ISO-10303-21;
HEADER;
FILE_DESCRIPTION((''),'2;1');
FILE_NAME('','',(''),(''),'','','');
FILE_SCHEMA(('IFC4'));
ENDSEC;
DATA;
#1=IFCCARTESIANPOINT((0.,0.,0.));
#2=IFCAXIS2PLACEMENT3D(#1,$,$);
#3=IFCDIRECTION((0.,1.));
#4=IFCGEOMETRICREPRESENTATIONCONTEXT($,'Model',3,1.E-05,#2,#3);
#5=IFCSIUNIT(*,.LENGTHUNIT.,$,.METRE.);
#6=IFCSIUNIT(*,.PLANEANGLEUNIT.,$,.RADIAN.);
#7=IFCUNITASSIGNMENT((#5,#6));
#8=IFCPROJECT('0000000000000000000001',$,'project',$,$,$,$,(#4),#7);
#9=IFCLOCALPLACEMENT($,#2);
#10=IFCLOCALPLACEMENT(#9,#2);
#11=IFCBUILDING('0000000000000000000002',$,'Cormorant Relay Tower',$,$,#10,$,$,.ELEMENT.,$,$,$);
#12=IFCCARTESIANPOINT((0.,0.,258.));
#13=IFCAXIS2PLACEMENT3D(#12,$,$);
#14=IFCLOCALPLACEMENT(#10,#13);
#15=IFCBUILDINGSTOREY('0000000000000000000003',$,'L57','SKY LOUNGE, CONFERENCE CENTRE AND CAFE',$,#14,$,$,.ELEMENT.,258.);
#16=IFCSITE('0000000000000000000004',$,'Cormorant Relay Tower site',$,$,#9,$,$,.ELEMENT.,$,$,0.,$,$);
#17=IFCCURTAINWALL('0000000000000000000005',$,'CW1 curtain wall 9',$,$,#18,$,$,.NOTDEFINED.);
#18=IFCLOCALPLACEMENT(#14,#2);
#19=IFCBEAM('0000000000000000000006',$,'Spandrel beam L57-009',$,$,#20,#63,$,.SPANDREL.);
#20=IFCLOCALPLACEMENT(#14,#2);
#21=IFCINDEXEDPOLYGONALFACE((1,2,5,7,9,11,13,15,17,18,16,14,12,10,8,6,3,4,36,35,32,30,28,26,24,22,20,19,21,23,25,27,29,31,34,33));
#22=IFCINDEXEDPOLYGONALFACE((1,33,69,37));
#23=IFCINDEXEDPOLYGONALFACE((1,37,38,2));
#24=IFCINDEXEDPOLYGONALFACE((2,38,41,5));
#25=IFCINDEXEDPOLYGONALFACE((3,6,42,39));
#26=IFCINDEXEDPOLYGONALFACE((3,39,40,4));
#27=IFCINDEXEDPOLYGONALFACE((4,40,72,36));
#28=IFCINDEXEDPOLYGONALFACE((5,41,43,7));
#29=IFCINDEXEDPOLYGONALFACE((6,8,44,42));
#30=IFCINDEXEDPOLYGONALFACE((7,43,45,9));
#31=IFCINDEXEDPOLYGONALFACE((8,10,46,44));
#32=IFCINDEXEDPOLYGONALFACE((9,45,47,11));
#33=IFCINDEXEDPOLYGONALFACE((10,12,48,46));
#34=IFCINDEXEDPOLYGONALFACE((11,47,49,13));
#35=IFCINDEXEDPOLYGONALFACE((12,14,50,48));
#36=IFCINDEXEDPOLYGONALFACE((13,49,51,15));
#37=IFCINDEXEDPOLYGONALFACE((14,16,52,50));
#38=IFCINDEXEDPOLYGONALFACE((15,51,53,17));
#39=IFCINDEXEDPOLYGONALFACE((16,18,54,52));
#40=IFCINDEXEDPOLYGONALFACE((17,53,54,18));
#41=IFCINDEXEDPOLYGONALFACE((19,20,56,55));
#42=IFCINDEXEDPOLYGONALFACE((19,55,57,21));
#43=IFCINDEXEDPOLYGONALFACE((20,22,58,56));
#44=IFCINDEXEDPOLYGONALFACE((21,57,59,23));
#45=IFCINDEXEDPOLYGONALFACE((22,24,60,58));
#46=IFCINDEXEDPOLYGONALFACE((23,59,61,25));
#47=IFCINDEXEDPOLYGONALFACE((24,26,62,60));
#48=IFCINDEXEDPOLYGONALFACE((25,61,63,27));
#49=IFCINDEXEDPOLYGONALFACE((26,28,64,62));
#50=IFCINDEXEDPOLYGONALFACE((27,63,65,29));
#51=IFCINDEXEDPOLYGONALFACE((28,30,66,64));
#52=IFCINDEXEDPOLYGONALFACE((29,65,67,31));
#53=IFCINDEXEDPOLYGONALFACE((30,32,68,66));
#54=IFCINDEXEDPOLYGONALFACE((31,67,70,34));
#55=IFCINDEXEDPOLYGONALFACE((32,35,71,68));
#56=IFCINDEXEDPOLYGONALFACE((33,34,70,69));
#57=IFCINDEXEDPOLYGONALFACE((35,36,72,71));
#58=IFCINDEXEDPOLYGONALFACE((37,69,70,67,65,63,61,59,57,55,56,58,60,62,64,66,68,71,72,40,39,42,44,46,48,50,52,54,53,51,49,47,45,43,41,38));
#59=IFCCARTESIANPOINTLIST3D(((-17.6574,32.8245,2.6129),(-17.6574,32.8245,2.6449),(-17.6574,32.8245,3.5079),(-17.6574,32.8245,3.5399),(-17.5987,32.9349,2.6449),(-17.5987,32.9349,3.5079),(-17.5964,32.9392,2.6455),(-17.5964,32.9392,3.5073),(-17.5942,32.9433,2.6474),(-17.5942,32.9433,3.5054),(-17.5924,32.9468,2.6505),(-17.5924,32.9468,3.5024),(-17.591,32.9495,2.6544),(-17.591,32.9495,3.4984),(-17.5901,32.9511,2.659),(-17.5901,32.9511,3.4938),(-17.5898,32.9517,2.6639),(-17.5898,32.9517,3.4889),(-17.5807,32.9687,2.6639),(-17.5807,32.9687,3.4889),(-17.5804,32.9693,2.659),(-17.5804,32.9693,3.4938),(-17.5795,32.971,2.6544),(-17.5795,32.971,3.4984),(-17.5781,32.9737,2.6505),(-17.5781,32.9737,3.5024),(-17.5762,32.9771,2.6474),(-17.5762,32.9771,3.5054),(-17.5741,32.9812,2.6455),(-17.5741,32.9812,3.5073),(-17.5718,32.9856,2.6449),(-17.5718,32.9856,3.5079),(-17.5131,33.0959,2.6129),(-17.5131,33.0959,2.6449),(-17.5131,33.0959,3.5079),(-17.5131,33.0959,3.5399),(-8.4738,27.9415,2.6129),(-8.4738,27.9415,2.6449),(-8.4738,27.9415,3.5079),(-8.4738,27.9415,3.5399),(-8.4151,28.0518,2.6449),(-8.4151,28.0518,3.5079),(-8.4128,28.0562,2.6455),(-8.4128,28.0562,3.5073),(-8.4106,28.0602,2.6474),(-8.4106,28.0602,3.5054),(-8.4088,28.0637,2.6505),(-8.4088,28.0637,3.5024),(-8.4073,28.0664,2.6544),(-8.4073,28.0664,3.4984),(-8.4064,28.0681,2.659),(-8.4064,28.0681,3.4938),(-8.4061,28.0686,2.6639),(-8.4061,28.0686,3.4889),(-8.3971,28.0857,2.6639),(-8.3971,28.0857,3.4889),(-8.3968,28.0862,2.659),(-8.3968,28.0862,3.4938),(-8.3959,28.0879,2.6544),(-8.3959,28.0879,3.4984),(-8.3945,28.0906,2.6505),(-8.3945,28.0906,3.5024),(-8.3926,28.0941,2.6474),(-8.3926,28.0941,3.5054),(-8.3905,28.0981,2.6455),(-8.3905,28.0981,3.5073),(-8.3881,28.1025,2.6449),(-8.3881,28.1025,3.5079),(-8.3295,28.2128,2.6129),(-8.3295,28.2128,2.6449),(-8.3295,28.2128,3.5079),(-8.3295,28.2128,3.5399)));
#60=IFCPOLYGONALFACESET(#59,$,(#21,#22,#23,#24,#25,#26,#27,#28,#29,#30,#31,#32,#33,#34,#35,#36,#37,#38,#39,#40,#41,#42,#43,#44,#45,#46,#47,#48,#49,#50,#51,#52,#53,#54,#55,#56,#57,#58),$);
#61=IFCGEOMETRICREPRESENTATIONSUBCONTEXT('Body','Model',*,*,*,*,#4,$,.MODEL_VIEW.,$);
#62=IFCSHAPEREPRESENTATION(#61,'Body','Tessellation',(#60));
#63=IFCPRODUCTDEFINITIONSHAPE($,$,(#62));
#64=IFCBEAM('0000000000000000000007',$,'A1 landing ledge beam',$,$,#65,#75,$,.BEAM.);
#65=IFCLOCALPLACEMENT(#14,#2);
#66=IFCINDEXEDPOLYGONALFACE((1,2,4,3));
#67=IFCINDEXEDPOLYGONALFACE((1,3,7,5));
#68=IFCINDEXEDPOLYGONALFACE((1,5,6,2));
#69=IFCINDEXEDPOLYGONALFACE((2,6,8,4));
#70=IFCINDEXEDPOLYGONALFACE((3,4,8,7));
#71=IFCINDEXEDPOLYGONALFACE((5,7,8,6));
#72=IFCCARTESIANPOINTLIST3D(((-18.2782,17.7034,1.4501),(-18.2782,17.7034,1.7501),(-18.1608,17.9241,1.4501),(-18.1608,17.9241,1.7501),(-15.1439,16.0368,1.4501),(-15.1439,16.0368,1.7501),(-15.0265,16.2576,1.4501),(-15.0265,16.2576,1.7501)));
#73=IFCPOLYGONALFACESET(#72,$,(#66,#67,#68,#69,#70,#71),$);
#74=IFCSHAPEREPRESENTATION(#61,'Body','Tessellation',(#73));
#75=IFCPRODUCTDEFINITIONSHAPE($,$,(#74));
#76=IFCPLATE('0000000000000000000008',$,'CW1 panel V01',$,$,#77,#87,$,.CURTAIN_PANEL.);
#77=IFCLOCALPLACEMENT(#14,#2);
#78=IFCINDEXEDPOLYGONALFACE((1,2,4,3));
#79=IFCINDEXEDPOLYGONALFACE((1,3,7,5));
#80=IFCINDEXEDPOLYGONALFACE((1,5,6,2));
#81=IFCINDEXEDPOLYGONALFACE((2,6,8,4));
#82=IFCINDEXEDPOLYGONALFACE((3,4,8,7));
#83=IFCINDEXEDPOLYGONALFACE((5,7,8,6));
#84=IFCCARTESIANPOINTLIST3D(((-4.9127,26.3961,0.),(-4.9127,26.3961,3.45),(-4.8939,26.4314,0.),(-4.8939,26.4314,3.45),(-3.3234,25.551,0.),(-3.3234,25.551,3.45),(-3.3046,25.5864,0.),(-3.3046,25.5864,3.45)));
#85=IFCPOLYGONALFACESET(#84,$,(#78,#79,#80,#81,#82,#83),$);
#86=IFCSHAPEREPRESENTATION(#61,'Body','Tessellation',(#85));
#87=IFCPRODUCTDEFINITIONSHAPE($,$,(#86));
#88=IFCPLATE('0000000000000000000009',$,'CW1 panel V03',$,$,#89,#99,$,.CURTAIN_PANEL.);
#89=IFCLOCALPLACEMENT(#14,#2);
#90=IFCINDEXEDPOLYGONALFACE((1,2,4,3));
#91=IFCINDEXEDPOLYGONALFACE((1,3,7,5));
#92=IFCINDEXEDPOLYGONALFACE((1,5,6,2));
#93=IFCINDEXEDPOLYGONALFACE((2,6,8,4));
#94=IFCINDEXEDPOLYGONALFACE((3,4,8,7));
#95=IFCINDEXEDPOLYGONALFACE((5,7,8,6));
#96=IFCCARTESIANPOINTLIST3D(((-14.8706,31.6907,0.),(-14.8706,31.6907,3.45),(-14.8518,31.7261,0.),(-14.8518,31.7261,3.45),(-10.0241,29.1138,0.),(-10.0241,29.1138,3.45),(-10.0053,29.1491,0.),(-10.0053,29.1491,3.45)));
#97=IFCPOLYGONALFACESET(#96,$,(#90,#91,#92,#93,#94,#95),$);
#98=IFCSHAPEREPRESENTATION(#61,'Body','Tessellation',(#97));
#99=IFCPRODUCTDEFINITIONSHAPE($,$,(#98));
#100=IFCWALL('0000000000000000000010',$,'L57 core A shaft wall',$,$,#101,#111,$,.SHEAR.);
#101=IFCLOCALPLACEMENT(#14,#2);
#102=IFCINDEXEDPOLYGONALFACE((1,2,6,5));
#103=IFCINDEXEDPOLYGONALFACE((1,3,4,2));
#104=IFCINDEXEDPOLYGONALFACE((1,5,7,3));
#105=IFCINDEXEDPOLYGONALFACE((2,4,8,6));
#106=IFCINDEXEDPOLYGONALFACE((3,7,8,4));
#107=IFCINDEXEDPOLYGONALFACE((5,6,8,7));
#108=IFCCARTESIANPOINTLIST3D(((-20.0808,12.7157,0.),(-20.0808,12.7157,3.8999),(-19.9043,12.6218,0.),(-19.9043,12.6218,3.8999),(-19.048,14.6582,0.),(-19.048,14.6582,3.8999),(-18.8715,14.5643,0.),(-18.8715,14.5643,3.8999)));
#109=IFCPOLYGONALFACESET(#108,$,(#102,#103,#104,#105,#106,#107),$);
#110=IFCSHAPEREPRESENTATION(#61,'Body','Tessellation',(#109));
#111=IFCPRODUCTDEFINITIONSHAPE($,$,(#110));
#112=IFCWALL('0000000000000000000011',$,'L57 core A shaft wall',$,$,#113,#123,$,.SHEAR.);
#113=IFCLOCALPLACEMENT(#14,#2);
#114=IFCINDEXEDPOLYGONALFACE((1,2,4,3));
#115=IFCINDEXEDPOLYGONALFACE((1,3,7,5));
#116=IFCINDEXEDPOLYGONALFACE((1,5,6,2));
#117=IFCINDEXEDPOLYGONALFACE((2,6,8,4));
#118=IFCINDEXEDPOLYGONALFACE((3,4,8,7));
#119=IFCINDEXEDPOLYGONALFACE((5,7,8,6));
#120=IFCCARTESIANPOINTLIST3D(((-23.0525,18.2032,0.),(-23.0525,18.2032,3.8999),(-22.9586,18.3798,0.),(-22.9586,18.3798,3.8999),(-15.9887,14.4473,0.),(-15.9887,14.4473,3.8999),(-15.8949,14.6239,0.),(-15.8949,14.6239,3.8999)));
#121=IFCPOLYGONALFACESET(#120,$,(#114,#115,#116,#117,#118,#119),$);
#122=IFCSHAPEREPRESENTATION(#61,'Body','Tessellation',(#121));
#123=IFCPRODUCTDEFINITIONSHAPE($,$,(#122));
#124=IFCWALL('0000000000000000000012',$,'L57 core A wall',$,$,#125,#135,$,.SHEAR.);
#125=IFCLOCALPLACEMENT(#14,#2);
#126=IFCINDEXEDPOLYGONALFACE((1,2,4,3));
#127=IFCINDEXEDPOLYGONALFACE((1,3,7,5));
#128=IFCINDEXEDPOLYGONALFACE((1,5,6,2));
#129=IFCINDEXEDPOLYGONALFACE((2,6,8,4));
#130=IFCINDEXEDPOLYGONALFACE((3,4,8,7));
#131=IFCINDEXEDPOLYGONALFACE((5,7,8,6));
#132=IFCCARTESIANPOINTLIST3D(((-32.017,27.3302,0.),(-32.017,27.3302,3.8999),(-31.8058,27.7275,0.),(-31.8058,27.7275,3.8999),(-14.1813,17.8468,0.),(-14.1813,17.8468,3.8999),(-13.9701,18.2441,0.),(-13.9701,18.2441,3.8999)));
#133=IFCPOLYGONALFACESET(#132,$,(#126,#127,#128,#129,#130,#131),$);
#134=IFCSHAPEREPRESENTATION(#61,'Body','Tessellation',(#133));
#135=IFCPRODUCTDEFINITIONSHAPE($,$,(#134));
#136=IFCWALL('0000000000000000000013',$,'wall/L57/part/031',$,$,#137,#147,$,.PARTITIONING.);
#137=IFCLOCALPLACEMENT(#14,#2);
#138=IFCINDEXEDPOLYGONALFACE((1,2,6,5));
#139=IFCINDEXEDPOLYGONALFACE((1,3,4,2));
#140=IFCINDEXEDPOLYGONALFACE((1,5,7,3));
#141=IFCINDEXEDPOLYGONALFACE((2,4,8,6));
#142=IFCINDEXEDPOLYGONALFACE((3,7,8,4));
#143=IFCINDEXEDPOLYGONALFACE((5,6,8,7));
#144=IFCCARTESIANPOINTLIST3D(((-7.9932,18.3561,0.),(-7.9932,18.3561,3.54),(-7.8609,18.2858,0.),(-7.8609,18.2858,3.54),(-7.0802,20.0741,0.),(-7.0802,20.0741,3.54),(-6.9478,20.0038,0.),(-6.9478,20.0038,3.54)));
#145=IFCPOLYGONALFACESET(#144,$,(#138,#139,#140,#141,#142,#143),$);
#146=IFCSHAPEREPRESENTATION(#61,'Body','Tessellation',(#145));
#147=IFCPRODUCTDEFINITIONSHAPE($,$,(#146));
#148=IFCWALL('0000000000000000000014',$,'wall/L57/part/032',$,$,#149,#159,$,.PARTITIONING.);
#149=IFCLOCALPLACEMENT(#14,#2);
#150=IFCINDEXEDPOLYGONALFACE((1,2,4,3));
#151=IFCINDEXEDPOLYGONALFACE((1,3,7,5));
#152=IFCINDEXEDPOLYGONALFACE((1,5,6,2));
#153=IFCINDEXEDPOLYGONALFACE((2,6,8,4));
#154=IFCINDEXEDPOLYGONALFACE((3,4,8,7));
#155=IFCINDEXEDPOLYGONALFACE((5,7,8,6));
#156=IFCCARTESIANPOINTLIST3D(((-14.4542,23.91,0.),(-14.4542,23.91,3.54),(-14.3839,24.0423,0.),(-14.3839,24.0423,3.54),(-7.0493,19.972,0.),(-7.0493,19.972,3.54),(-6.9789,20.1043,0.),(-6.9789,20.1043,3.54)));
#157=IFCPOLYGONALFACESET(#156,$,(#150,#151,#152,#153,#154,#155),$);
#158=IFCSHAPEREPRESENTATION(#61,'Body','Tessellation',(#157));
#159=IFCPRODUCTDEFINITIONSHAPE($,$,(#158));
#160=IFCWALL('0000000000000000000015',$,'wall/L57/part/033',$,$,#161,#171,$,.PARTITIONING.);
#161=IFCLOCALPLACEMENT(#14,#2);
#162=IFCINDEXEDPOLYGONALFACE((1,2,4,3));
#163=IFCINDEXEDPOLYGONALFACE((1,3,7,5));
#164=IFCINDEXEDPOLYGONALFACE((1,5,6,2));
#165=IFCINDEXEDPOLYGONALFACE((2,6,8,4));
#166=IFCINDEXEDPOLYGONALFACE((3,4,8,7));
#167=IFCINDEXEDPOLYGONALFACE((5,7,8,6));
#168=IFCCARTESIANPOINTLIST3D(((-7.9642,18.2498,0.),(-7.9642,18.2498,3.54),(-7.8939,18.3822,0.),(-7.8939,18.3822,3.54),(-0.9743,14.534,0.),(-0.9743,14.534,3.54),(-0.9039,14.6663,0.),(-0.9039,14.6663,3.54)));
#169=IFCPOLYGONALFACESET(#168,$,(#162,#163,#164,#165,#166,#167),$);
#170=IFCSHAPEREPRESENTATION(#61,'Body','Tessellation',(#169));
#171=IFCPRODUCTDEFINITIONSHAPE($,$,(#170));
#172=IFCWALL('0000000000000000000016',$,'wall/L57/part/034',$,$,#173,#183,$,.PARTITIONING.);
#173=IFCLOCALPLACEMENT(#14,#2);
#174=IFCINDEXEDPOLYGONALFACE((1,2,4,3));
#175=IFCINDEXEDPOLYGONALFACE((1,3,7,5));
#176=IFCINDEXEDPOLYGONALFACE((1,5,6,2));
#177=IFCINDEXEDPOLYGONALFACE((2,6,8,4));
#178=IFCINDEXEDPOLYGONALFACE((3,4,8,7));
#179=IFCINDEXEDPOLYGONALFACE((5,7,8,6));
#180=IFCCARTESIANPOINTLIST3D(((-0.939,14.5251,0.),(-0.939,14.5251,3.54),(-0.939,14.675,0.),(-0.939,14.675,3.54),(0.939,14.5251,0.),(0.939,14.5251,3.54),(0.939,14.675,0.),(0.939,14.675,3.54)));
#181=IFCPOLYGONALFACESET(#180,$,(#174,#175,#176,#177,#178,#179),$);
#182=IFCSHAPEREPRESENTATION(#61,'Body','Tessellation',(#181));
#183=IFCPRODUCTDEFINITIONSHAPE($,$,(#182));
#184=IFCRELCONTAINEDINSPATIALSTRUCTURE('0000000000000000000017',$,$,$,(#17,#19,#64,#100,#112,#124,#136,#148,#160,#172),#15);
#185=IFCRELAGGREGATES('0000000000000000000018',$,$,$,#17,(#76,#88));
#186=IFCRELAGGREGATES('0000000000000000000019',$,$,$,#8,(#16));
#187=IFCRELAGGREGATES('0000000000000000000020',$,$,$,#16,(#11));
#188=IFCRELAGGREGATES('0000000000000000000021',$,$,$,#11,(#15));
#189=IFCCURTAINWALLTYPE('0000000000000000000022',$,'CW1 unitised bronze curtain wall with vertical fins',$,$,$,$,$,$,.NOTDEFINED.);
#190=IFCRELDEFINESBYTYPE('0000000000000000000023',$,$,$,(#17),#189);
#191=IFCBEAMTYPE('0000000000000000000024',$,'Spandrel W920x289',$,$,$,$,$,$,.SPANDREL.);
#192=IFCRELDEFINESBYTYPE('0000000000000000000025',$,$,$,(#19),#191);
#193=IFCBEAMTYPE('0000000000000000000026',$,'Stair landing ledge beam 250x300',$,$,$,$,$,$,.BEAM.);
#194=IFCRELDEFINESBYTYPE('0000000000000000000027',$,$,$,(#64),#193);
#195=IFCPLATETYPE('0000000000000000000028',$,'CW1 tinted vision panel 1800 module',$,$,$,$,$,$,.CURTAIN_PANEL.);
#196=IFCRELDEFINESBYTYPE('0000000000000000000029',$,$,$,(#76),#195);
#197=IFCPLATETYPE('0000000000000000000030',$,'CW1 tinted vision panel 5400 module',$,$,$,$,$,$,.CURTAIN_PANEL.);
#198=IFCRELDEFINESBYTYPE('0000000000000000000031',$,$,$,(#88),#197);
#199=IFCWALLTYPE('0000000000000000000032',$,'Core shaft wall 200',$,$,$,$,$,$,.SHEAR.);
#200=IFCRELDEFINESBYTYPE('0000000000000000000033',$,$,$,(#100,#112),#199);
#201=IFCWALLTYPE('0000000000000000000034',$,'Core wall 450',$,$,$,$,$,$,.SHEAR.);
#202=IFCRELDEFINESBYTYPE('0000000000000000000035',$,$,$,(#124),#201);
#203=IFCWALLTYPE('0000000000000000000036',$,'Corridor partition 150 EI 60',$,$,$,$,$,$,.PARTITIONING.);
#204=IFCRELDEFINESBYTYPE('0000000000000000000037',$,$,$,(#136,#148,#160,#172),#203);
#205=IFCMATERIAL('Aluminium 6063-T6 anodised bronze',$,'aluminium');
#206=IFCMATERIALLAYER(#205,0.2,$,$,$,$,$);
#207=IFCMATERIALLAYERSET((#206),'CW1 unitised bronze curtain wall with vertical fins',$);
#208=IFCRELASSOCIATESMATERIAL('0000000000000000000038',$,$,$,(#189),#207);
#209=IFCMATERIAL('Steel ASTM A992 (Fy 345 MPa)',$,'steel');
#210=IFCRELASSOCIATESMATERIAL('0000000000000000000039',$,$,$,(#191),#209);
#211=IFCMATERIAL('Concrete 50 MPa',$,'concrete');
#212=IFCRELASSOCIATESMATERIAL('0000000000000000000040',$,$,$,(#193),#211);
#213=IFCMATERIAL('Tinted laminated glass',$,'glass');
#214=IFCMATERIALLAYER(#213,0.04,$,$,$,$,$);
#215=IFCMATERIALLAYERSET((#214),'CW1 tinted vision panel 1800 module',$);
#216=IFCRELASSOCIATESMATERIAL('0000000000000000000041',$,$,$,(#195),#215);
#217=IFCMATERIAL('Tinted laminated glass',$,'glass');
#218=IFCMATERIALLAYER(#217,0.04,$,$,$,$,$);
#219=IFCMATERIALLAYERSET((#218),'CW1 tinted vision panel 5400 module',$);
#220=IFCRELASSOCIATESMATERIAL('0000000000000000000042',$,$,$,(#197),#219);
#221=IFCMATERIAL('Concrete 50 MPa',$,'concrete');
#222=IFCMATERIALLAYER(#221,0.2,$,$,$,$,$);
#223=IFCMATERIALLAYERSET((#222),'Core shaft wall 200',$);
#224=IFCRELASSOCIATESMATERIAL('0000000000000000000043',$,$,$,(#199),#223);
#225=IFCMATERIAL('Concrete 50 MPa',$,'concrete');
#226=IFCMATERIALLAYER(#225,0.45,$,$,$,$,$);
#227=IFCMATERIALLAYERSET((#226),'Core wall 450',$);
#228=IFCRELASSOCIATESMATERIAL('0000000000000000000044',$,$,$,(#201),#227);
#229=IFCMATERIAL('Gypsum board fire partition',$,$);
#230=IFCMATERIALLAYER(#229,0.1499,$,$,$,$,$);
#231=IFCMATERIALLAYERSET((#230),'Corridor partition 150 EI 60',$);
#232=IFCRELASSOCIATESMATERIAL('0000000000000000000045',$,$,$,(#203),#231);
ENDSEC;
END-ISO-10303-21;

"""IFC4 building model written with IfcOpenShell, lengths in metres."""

from ifc_helpers import new_model, si_unit, direction, frame, frame_2d, origin, origin_2d, place, context, subcontext, project, spatial, rectangle, i_section, extrude, material, layer, layer_set, material_profile, profile_set, type_object, element, aggregate, save


model = new_model("IFC4")

# Units and contexts
model_context = context("Model", 3, precision=1e-05, world=origin(), true_north=direction((0.0, 1.0)))
body_context = subcontext(model_context, "Body", "Model", "MODEL_VIEW")
ifc_project = project(units=[si_unit("LENGTHUNIT", "METRE"), si_unit("PLANEANGLEUNIT", "RADIAN")], contexts=[model_context])

# Site, building, storey
site_placement = place(None, origin())
site = spatial("IfcSite", under=ifc_project, at=site_placement, Name="Cormorant Relay Tower site", CompositionType="ELEMENT", RefElevation=0.0)
building_placement = place(site_placement, origin())
building = spatial("IfcBuilding", under=site, at=building_placement, Name="Cormorant Relay Tower", CompositionType="ELEMENT")
storey_placement = place(building_placement, frame((0.0, 0.0, 258.0)))
storey = spatial("IfcBuildingStorey", under=building, at=storey_placement, Name="L57", Description="SKY LOUNGE, CONFERENCE CENTRE AND CAFE", CompositionType="ELEMENT", Elevation=258.0)

# Curtain wall
ifc_material_1 = material(Name="Aluminium 6063-T6 anodised bronze", Category="aluminium")
ifc_layer_1 = layer(ifc_material_1, 0.2)
ifc_layer_set_1 = layer_set([ifc_layer_1], Name="CW1 unitised bronze curtain wall with vertical fins")
curtain_wall_type = type_object("IfcCurtainWallType", Name="CW1 unitised bronze curtain wall with vertical fins", PredefinedType="NOTDEFINED", material=ifc_layer_set_1)
curtain_wall_placement = place(storey_placement, origin())
curtain_wall = element("IfcCurtainWall", 1, at=curtain_wall_placement, inside=storey, type_object=curtain_wall_type, Name="CW1 curtain wall 9", PredefinedType="NOTDEFINED")

# Beams
ifc_material_2 = material(Name="Steel ASTM A992 (Fy 345 MPa)", Category="steel")
ifc_material_profile_1 = material_profile(ifc_material_2, i_section(OverallWidth=0.3074, OverallDepth=0.927, WebThickness=0.0193, FlangeThickness=0.032, FilletRadius=0.019, at=origin_2d()), Name="W920x289")
ifc_profile_set_1 = profile_set([ifc_material_profile_1], Name="Steel ASTM A992 (Fy 345 MPa)")
beam_type_1 = type_object("IfcBeamType", Name="Spandrel W920x289", PredefinedType="SPANDREL", material=ifc_profile_set_1)
beam_1_placement = place(storey_placement, frame((-8.4016, 28.0771, 3.0764), z_axis=(-0.882945, 0.469476, 0.0), x_axis=(-0.469476, -0.882945, 0.0)))
element("IfcBeam", 2, at=beam_1_placement, inside=storey, type_object=beam_type_1, Name="Spandrel beam L57-009", PredefinedType="SPANDREL", context=body_context, shape_type="SweptSolid", body=[
    extrude(i_section(OverallWidth=0.3074, OverallDepth=0.927, WebThickness=0.0193, FlangeThickness=0.032, FilletRadius=0.019, at=origin_2d()), origin(), (0.0, 0.0, 1.0), 10.4011),
])
ifc_material_3 = material(Name="Concrete 50 MPa", Category="concrete")
ifc_material_profile_2 = material_profile(ifc_material_3, rectangle(XDim=0.25, YDim=0.3, at=origin_2d()), Name="RC 250x300")
ifc_profile_set_2 = profile_set([ifc_material_profile_2], Name="Concrete 50 MPa")
beam_type_2 = type_object("IfcBeamType", Name="Stair landing ledge beam 250x300", PredefinedType="BEAM", material=ifc_profile_set_2)
beam_2_placement = place(storey_placement, frame((-18.2195, 17.8137, 1.6001), z_axis=(0.88295, -0.469467, 0.0), x_axis=(0.469467, 0.88295, 0.0)))
element("IfcBeam", 3, at=beam_2_placement, inside=storey, type_object=beam_type_2, Name="A1 landing ledge beam", PredefinedType="BEAM", context=body_context, shape_type="SweptSolid", body=[
    extrude(rectangle(XDim=0.25, YDim=0.3, at=origin_2d()), origin(), (0.0, 0.0, 1.0), 3.5498),
])

# Plates
ifc_material_4 = material(Name="Tinted laminated glass", Category="glass")
ifc_layer_2 = layer(ifc_material_4, 0.04)
ifc_layer_set_2 = layer_set([ifc_layer_2], Name="CW1 tinted vision panel 1800 module")
plate_type_1 = type_object("IfcPlateType", Name="CW1 tinted vision panel 1800 module", PredefinedType="CURTAIN_PANEL", material=ifc_layer_set_2)
plate_1_placement = place(storey_placement, frame((-4.1086, 25.9912, 0.0), z_axis=(0.0, 0.0, 1.0), x_axis=(-0.882948, 0.469472, 0.0)))
plate_1 = element("IfcPlate", 4, at=plate_1_placement, type_object=plate_type_1, Name="CW1 panel V01", PredefinedType="CURTAIN_PANEL", context=body_context, shape_type="SweptSolid", body=[
    extrude(rectangle(XDim=1.8, YDim=0.04, at=origin_2d()), origin(), (0.0, 0.0, 1.0), 3.45),
])
ifc_material_5 = material(Name="Tinted laminated glass", Category="glass")
ifc_layer_3 = layer(ifc_material_5, 0.04)
ifc_layer_set_3 = layer_set([ifc_layer_3], Name="CW1 tinted vision panel 5400 module")
plate_type_2 = type_object("IfcPlateType", Name="CW1 tinted vision panel 5400 module", PredefinedType="CURTAIN_PANEL", material=ifc_layer_set_3)
plate_2_placement = place(storey_placement, frame((-12.438, 30.4199, 0.0), z_axis=(0.0, 0.0, 1.0), x_axis=(-0.882948, 0.469472, 0.0)))
plate_2 = element("IfcPlate", 5, at=plate_2_placement, type_object=plate_type_2, Name="CW1 panel V03", PredefinedType="CURTAIN_PANEL", context=body_context, shape_type="SweptSolid", body=[
    extrude(rectangle(XDim=5.489, YDim=0.04, at=origin_2d()), origin(), (0.0, 0.0, 1.0), 3.45),
])

# Walls
ifc_material_6 = material(Name="Concrete 50 MPa", Category="concrete")
ifc_layer_4 = layer(ifc_material_6, 0.2)
ifc_layer_set_4 = layer_set([ifc_layer_4], Name="Core shaft wall 200")
wall_type_1 = type_object("IfcWallType", Name="Core shaft wall 200", PredefinedType="SHEAR", material=ifc_layer_set_4)
wall_1_placement = place(storey_placement, frame((-18.9597, 14.6113, 0.0), z_axis=(0.0, 0.0, 1.0), x_axis=(-0.469447, -0.88296, 0.0)))
element("IfcWall", 6, at=wall_1_placement, inside=storey, type_object=wall_type_1, Name="L57 core A shaft wall", PredefinedType="SHEAR", context=body_context, shape_type="SweptSolid", body=[
    extrude(rectangle(XDim=2.2, YDim=0.2, at=frame_2d((1.1001, 0.0))), origin(), (0.0, 0.0, 1.0), 3.8999),
])
wall_2_placement = place(storey_placement, frame((-15.9419, 14.5356, 0.0), z_axis=(0.0, 0.0, 1.0), x_axis=(-0.882947, 0.469473, 0.0)))
element("IfcWall", 7, at=wall_2_placement, inside=storey, type_object=wall_type_1, Name="L57 core A shaft wall", PredefinedType="SHEAR", context=body_context, shape_type="SweptSolid", body=[
    extrude(rectangle(XDim=8.0002, YDim=0.2, at=frame_2d((4.0, 0.0))), origin(), (0.0, 0.0, 1.0), 3.8999),
])

# Shared definitions
ifc_material_7 = material(Name="Concrete 50 MPa", Category="concrete")
ifc_layer_5 = layer(ifc_material_7, 0.45)
ifc_layer_set_5 = layer_set([ifc_layer_5], Name="Core wall 450")
wall_type_2 = type_object("IfcWallType", Name="Core wall 450", PredefinedType="SHEAR", material=ifc_layer_set_5)

# Walls
wall_3_placement = place(storey_placement, frame((-14.0757, 18.0454, 0.0), z_axis=(0.0, 0.0, 1.0), x_axis=(-0.882948, 0.469471, 0.0)))
element("IfcWall", 8, at=wall_3_placement, inside=storey, type_object=wall_type_2, Name="L57 core A wall", PredefinedType="SHEAR", context=body_context, shape_type="SweptSolid", body=[
    extrude(rectangle(XDim=20.2002, YDim=0.45, at=frame_2d((10.1001, 0.0))), origin(), (0.0, 0.0, 1.0), 3.8999),
])
ifc_material_8 = material(Name="Gypsum board fire partition")
ifc_layer_6 = layer(ifc_material_8, 0.1499)
ifc_layer_set_6 = layer_set([ifc_layer_6], Name="Corridor partition 150 EI 60")
wall_type_3 = type_object("IfcWallType", Name="Corridor partition 150 EI 60", PredefinedType="PARTITIONING", material=ifc_layer_set_6)
wall_4_placement = place(storey_placement, frame((-7.927, 18.321, 0.0), z_axis=(0.0, 0.0, 1.0), x_axis=(0.469311, 0.883033, 0.0)))
element("IfcWall", 9, at=wall_4_placement, inside=storey, type_object=wall_type_3, Name="wall/L57/part/031", PredefinedType="PARTITIONING", context=body_context, shape_type="SweptSolid", body=[
    extrude(rectangle(XDim=1.9456, YDim=0.1499, at=frame_2d((0.9727, 0.0))), origin(), (0.0, 0.0, 1.0), 3.54),
])
wall_5_placement = place(storey_placement, frame((-14.4189, 23.9761, 0.0), z_axis=(0.0, 0.0, 1.0), x_axis=(0.882915, -0.469533, 0.0)))
element("IfcWall", 10, at=wall_5_placement, inside=storey, type_object=wall_type_3, Name="wall/L57/part/032", PredefinedType="PARTITIONING", context=body_context, shape_type="SweptSolid", body=[
    extrude(rectangle(XDim=8.387, YDim=0.1499, at=frame_2d((4.1934, 0.0))), origin(), (0.0, 0.0, 1.0), 3.54),
])
wall_6_placement = place(storey_placement, frame((-7.929, 18.3159, 0.0), z_axis=(0.0, 0.0, 1.0), x_axis=(0.882991, -0.46939, 0.0)))
element("IfcWall", 11, at=wall_6_placement, inside=storey, type_object=wall_type_3, Name="wall/L57/part/033", PredefinedType="PARTITIONING", context=body_context, shape_type="SweptSolid", body=[
    extrude(rectangle(XDim=7.9163, YDim=0.1499, at=frame_2d((3.958, 0.0))), origin(), (0.0, 0.0, 1.0), 3.54),
])
wall_7_placement = place(storey_placement, frame((-0.939, 14.6001, 0.0), z_axis=(0.0, 0.0, 1.0), x_axis=(1.0, 0.0, 0.0)))
element("IfcWall", 12, at=wall_7_placement, inside=storey, type_object=wall_type_3, Name="wall/L57/part/034", PredefinedType="PARTITIONING", context=body_context, shape_type="SweptSolid", body=[
    extrude(rectangle(XDim=1.8779, YDim=0.1499, at=frame_2d((0.939, 0.0))), origin(), (0.0, 0.0, 1.0), 3.54),
])

aggregate(curtain_wall, [plate_1, plate_2])

save(model, "model.ifc")
